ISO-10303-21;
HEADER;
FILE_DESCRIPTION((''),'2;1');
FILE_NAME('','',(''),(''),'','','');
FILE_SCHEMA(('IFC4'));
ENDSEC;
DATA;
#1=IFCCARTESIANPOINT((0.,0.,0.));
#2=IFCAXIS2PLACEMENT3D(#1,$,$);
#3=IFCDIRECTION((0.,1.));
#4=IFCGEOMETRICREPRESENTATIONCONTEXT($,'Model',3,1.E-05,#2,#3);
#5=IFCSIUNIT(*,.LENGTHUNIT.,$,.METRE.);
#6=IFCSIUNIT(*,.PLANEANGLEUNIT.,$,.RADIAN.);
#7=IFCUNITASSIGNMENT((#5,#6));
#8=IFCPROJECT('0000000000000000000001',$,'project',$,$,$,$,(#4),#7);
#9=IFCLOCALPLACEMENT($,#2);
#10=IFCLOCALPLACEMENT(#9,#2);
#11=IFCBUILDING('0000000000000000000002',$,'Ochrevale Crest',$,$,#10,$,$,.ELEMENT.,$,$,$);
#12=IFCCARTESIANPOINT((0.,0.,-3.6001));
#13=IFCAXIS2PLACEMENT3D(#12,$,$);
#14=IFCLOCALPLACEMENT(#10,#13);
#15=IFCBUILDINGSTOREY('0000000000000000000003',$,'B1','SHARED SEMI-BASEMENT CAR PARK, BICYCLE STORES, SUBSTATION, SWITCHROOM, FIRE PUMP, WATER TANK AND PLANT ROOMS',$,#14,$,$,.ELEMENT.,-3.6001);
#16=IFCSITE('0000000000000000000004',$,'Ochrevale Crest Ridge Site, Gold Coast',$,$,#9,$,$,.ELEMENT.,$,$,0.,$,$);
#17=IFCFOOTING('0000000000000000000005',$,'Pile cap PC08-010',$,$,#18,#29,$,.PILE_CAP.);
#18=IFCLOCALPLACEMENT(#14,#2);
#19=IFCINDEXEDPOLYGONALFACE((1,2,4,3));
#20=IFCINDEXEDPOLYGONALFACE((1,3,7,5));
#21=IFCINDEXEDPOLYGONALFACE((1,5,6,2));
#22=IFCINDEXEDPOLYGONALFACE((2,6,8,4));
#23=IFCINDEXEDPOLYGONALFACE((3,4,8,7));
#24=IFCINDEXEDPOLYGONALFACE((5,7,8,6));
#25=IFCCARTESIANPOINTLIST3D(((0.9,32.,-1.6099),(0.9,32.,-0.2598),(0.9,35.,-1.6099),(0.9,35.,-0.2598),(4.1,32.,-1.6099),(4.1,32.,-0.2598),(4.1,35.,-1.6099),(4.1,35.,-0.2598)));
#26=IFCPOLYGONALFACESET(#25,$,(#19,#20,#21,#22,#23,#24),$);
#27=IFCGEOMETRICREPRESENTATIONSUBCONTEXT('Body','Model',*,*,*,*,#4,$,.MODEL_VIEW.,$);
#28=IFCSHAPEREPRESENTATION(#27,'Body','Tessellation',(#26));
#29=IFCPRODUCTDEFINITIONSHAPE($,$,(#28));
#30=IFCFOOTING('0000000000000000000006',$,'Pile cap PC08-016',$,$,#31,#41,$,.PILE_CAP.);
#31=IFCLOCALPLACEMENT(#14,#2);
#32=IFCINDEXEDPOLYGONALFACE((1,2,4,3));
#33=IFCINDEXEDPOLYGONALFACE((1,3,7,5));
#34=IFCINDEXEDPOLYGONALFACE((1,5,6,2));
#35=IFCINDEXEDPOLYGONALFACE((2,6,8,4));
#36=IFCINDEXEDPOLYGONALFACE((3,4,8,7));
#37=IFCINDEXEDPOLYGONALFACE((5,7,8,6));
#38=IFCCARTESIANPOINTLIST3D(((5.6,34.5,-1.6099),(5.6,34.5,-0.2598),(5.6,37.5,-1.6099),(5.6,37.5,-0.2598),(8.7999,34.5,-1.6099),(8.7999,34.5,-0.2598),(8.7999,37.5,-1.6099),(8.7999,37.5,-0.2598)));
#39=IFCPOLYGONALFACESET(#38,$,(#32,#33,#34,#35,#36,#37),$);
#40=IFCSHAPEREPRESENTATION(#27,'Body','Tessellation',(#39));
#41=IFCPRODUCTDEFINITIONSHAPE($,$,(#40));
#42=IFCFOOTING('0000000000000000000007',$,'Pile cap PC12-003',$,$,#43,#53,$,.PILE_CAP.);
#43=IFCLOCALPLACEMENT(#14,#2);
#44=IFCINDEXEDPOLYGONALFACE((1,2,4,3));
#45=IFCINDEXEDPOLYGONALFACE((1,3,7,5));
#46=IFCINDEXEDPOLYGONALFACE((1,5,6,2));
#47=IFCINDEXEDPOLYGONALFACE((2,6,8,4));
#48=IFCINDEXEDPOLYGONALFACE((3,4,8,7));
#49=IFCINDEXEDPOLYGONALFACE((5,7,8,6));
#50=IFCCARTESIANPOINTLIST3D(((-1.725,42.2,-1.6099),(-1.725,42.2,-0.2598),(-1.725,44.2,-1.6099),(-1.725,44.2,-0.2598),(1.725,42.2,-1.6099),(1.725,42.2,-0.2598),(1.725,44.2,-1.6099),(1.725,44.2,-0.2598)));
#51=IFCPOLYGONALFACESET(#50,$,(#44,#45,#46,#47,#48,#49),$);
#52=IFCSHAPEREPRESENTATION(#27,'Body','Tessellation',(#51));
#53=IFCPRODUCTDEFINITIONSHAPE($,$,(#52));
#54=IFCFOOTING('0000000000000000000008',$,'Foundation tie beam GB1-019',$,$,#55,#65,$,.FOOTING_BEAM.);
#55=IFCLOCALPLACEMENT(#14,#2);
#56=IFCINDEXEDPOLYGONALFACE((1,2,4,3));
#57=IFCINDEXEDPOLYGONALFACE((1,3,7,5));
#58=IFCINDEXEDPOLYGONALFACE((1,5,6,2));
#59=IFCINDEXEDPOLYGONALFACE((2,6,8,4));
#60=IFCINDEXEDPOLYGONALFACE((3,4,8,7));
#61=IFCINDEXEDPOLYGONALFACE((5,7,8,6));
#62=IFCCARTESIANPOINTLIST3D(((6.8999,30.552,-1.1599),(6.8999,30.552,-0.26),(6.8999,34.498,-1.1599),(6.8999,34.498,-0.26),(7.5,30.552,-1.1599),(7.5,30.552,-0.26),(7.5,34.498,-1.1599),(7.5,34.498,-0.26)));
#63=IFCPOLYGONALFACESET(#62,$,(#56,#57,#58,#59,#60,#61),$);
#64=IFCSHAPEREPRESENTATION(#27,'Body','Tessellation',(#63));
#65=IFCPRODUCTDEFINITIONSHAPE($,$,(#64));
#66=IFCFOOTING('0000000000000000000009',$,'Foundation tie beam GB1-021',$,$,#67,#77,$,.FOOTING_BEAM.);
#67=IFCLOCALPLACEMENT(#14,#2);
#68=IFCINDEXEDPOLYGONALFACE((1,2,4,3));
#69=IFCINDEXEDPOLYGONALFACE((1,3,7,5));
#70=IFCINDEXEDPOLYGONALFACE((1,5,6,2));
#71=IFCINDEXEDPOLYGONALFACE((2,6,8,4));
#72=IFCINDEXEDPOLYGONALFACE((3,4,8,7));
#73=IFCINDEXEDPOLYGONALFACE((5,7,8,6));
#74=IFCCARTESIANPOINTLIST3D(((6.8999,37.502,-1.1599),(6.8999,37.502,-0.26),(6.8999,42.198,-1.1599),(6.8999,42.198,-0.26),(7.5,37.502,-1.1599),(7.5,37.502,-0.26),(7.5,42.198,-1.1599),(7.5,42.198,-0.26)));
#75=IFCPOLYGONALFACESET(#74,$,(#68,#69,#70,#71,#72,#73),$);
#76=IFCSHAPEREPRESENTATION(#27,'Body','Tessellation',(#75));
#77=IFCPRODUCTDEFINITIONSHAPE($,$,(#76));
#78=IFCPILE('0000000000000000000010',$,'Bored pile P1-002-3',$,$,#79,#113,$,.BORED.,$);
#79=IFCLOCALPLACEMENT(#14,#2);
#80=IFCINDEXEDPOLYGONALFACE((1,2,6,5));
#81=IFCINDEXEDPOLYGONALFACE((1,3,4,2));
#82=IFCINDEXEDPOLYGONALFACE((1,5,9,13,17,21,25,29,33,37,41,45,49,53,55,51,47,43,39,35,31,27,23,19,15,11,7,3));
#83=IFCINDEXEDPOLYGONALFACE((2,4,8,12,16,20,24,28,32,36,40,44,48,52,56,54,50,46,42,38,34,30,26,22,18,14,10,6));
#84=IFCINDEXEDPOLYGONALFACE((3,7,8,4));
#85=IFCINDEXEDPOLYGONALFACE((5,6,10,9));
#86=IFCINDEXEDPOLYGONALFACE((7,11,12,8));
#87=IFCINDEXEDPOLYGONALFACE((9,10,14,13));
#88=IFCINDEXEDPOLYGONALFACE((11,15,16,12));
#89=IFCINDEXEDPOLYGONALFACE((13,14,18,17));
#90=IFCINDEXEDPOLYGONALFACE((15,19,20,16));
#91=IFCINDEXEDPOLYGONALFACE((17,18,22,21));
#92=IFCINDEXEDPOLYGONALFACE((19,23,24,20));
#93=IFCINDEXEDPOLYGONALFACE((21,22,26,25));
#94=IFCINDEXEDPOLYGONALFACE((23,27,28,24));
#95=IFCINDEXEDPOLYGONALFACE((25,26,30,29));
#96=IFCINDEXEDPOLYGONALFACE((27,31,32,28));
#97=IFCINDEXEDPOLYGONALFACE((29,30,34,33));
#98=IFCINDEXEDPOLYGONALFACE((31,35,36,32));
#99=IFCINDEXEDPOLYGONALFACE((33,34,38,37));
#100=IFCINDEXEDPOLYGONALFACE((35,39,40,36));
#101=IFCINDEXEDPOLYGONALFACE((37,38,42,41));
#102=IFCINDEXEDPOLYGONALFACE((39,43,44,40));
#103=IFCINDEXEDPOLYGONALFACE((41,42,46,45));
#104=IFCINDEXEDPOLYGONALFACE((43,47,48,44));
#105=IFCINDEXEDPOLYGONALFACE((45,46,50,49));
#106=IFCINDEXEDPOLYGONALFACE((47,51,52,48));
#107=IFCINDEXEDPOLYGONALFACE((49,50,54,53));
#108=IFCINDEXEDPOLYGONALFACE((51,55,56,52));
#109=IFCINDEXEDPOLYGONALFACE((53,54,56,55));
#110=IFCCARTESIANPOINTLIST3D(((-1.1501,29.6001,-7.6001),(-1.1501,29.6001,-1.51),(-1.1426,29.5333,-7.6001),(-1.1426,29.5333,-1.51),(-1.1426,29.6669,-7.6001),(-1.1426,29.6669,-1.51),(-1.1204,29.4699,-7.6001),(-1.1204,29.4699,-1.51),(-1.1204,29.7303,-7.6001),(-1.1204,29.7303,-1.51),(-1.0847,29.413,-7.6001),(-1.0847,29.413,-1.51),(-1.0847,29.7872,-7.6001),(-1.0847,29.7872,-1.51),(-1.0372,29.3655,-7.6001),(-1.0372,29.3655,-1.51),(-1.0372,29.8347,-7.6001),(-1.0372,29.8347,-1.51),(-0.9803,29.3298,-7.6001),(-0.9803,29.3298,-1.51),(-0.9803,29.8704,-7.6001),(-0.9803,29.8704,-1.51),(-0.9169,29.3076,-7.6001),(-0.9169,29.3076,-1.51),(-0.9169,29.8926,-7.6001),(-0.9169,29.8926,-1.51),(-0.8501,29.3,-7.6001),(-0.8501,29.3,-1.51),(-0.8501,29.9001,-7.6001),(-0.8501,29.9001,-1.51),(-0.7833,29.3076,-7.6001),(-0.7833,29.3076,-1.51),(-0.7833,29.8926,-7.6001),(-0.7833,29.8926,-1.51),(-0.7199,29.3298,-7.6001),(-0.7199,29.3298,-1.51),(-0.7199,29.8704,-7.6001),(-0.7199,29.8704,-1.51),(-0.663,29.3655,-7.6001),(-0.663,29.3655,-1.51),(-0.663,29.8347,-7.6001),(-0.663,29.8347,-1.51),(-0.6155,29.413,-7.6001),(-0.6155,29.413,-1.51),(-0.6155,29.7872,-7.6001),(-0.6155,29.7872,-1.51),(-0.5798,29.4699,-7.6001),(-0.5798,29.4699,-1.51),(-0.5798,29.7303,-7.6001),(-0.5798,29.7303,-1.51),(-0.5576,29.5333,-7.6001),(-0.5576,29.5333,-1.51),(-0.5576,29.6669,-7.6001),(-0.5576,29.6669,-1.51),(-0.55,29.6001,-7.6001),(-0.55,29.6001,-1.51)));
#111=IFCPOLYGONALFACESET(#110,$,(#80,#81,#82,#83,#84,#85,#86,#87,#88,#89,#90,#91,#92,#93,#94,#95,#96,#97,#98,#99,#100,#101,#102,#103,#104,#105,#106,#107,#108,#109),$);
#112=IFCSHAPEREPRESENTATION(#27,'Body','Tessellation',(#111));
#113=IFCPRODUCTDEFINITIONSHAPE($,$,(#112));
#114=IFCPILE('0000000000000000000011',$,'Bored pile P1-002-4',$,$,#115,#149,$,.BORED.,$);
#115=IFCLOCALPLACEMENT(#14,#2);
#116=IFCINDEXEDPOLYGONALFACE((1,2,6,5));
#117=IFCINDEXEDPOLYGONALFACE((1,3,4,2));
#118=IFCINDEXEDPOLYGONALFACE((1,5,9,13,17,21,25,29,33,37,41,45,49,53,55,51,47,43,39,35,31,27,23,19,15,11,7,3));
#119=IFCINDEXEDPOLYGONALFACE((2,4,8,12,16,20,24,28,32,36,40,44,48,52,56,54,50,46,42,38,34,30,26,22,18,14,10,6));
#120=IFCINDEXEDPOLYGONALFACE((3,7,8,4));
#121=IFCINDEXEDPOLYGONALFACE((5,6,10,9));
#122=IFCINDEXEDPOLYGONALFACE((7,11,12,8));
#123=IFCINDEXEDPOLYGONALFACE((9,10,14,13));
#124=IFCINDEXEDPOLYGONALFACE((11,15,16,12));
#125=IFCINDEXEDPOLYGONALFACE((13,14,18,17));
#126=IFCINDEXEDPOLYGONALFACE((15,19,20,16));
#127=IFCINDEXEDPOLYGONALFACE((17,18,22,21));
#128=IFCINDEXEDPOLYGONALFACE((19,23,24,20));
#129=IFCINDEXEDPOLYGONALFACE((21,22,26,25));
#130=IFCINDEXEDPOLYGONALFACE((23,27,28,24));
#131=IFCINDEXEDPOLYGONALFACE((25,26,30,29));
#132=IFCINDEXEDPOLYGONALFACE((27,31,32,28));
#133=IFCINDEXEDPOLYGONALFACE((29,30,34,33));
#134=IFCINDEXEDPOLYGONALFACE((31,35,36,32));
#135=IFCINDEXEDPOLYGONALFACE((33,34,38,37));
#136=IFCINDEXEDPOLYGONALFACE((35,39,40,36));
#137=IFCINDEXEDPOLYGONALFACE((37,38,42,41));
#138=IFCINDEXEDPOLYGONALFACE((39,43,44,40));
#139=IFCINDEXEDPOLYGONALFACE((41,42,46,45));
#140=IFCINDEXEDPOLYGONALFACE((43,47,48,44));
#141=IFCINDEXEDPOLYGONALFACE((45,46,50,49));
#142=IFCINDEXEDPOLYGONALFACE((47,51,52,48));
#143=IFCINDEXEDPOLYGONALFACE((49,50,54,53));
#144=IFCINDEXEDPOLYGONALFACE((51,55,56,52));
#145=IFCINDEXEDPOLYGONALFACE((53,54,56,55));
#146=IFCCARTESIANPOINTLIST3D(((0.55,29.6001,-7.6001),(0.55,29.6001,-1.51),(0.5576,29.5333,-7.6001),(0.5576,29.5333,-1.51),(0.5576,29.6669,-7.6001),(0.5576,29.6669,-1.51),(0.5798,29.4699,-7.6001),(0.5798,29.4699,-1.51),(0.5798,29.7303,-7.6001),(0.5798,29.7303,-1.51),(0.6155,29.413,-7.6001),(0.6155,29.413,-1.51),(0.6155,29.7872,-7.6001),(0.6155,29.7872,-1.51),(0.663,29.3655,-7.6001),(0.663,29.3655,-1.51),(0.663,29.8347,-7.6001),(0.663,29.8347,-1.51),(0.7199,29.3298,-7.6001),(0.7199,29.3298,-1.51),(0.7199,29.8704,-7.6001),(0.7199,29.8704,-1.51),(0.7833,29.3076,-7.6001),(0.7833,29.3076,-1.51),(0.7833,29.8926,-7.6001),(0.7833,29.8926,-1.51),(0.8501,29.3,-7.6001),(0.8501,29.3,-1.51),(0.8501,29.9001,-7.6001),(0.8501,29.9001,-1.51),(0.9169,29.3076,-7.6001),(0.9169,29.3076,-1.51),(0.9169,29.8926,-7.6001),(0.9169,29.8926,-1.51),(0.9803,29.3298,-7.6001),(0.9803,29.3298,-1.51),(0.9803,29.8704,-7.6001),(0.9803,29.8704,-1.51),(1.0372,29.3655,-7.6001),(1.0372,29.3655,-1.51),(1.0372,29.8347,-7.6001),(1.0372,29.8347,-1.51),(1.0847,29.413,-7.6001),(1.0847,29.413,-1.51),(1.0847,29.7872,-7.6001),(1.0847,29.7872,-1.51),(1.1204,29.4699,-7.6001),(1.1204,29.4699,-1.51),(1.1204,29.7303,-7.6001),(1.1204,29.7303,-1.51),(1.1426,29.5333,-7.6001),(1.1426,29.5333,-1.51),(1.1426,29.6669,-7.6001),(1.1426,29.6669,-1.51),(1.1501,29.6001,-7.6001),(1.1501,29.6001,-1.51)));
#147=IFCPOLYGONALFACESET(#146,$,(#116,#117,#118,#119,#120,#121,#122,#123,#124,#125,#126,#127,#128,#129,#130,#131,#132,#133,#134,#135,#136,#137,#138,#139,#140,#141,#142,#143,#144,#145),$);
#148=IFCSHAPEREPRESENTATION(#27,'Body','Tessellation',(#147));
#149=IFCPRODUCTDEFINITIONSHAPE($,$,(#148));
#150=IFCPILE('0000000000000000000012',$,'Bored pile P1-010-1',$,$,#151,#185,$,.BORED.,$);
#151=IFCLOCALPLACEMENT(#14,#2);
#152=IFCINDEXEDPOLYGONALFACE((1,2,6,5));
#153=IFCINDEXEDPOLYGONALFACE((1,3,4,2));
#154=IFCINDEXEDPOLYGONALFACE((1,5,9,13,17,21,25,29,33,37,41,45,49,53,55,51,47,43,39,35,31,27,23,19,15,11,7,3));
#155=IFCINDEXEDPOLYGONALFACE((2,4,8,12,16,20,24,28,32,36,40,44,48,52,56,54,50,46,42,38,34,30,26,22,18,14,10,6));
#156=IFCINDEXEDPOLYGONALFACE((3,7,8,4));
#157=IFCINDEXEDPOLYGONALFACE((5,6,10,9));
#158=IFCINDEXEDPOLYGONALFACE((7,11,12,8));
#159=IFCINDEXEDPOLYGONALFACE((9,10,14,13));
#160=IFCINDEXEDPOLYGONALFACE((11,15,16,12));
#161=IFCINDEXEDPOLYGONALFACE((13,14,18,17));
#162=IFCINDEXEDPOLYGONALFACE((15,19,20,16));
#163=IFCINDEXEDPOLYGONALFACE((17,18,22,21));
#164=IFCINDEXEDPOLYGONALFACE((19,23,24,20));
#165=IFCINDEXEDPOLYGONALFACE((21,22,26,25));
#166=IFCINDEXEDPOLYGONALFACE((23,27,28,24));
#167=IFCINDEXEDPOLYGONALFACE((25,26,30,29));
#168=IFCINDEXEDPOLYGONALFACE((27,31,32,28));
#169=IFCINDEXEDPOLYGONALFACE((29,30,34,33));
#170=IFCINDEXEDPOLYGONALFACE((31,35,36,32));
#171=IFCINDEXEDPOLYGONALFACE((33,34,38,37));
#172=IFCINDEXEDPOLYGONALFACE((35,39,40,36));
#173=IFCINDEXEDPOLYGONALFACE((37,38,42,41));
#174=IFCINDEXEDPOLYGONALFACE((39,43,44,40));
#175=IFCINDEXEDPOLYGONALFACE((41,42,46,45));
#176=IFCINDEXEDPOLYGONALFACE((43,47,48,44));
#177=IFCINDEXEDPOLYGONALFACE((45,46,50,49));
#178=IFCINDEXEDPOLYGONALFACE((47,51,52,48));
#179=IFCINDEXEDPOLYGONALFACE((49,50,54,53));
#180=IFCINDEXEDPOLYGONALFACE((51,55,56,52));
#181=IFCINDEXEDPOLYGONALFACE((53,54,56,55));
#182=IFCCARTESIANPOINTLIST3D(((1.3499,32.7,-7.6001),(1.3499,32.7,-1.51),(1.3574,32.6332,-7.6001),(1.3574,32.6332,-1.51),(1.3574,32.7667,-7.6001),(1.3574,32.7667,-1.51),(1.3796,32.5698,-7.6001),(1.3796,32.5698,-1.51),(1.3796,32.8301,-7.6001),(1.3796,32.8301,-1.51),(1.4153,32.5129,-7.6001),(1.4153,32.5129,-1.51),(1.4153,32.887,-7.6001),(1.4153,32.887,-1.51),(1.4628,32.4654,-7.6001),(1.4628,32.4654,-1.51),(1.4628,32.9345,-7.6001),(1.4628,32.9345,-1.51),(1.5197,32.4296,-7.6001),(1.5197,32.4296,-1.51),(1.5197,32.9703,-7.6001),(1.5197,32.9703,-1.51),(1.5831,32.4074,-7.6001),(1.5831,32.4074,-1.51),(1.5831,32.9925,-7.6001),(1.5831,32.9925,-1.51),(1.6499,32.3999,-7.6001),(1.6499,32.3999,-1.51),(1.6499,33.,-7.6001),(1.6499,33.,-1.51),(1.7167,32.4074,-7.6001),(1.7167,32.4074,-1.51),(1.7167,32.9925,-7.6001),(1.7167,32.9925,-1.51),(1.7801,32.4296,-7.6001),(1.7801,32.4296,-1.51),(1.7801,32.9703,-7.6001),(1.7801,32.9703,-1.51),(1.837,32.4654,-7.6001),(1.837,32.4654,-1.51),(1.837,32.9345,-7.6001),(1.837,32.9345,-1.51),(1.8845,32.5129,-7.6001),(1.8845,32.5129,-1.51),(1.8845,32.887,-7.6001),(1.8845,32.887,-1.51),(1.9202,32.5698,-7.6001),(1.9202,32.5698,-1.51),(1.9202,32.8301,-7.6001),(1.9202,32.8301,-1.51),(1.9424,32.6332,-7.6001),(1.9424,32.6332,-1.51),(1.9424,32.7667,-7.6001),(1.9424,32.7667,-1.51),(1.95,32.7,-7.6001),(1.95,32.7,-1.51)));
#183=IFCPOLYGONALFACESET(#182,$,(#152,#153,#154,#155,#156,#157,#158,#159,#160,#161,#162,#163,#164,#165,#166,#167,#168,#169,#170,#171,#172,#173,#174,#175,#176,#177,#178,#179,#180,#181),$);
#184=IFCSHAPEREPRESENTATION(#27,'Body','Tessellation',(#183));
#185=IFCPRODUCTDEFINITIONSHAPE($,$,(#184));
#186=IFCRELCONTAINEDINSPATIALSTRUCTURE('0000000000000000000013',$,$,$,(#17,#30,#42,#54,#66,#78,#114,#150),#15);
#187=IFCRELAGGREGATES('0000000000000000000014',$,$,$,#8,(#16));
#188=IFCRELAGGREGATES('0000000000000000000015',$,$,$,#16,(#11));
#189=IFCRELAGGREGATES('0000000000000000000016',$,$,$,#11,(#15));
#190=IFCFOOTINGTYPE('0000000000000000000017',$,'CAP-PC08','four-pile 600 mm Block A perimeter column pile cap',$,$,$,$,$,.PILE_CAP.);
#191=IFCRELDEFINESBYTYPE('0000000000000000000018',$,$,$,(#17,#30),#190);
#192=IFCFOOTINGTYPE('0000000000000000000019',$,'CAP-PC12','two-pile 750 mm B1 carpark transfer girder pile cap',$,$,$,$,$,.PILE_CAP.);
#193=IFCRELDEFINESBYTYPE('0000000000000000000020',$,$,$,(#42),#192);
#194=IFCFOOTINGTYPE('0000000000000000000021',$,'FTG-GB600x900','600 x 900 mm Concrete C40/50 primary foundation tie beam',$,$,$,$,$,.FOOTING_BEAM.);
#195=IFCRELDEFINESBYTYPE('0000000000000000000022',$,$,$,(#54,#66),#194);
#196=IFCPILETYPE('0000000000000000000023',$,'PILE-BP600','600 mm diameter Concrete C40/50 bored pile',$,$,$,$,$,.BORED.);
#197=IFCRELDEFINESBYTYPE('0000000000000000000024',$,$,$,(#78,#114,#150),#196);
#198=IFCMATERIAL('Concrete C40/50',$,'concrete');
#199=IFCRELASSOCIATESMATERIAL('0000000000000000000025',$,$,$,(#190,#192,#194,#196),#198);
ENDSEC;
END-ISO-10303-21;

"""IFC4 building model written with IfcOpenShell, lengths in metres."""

from ifc_helpers import new_model, si_unit, direction, frame, origin, origin_2d, place, context, subcontext, project, spatial, rectangle, circle, extrude, material, material_profile, profile_set, type_object, element, save


model = new_model("IFC4")

# Units and contexts
model_context = context("Model", 3, precision=1e-05, world=origin(), true_north=direction((0.0, 1.0)))
body_context = subcontext(model_context, "Body", "Model", "MODEL_VIEW")
ifc_project = project(units=[si_unit("LENGTHUNIT", "METRE"), si_unit("PLANEANGLEUNIT", "RADIAN")], contexts=[model_context])

# Site, building, storey
site_placement = place(None, origin())
site = spatial("IfcSite", under=ifc_project, at=site_placement, Name="Ochrevale Crest Ridge Site, Gold Coast", CompositionType="ELEMENT", RefElevation=0.0)
building_placement = place(site_placement, origin())
building = spatial("IfcBuilding", under=site, at=building_placement, Name="Ochrevale Crest", CompositionType="ELEMENT")
storey_placement = place(building_placement, frame((0.0, 0.0, -3.6001)))
storey = spatial("IfcBuildingStorey", under=building, at=storey_placement, Name="B1", Description="SHARED SEMI-BASEMENT CAR PARK, BICYCLE STORES, SUBSTATION, SWITCHROOM, FIRE PUMP, WATER TANK AND PLANT ROOMS", CompositionType="ELEMENT", Elevation=-3.6001)

# Footings
ifc_material_1 = material(Name="Concrete C40/50", Category="concrete")
footing_type_1 = type_object("IfcFootingType", Name="CAP-PC08", Description="four-pile 600 mm Block A perimeter column pile cap", PredefinedType="PILE_CAP", material=ifc_material_1)
for number, where, z_axis, x_axis, name in (
    (1, (2.5, 33.5, -1.6099), (0.0, 0.0, 1.0), (1.0, 0.0, 0.0), "Pile cap PC08-010"),
    (2, (7.2, 36.0, -1.6099), (0.0, 0.0, 1.0), (1.0, 0.0, 0.0), "Pile cap PC08-016"),
):
    element("IfcFooting", number, at=place(storey_placement, frame(where, z_axis=z_axis, x_axis=x_axis)), inside=storey, type_object=footing_type_1, Name=name, PredefinedType="PILE_CAP", context=body_context, shape_type="SweptSolid", body=[
        extrude(rectangle(XDim=3.2, YDim=3.0, at=origin_2d()), origin(), (0.0, 0.0, 1.0), 1.3501),
    ])
footing_type_2 = type_object("IfcFootingType", Name="CAP-PC12", Description="two-pile 750 mm B1 carpark transfer girder pile cap", PredefinedType="PILE_CAP", material=ifc_material_1)
footing_1_placement = place(storey_placement, frame((0.0, 43.2, -1.6099), z_axis=(0.0, 0.0, 1.0), x_axis=(1.0, 0.0, 0.0)))
element("IfcFooting", 3, at=footing_1_placement, inside=storey, type_object=footing_type_2, Name="Pile cap PC12-003", PredefinedType="PILE_CAP", context=body_context, shape_type="SweptSolid", body=[
    extrude(rectangle(XDim=3.45, YDim=2.0, at=origin_2d()), origin(), (0.0, 0.0, 1.0), 1.3501),
])
ifc_material_profile_1 = material_profile(ifc_material_1, rectangle(XDim=0.6001, YDim=0.8999, at=origin_2d()), Name="GB 600x900")
ifc_profile_set_1 = profile_set([ifc_material_profile_1], Name="Concrete C40/50")
footing_type_3 = type_object("IfcFootingType", Name="FTG-GB600x900", Description="600 x 900 mm Concrete C40/50 primary foundation tie beam", PredefinedType="FOOTING_BEAM", material=ifc_profile_set_1)
footing_2_placement = place(storey_placement, frame((7.2, 30.552, -0.71), z_axis=(0.0, 1.0, 0.0), x_axis=(-1.0, 0.0, 0.0)))
element("IfcFooting", 4, at=footing_2_placement, inside=storey, type_object=footing_type_3, Name="Foundation tie beam GB1-019", PredefinedType="FOOTING_BEAM", context=body_context, shape_type="SweptSolid", body=[
    extrude(rectangle(XDim=0.6001, YDim=0.8999, at=origin_2d()), origin(), (0.0, 0.0, 1.0), 3.946),
])
footing_3_placement = place(storey_placement, frame((7.2, 37.502, -0.71), z_axis=(0.0, 1.0, 0.0), x_axis=(-1.0, 0.0, 0.0)))
element("IfcFooting", 5, at=footing_3_placement, inside=storey, type_object=footing_type_3, Name="Foundation tie beam GB1-021", PredefinedType="FOOTING_BEAM", context=body_context, shape_type="SweptSolid", body=[
    extrude(rectangle(XDim=0.6001, YDim=0.8999, at=origin_2d()), origin(), (0.0, 0.0, 1.0), 4.696),
])

# Piles
ifc_material_profile_2 = material_profile(ifc_material_1, circle(Radius=0.3, at=origin_2d()), Name="BORED PILE 600")
ifc_profile_set_2 = profile_set([ifc_material_profile_2], Name="Concrete C40/50")
pile_type_1 = type_object("IfcPileType", Name="PILE-BP600", Description="600 mm diameter Concrete C40/50 bored pile", PredefinedType="BORED", material=ifc_profile_set_2)
for number, where, z_axis, x_axis, name in (
    (6, (-0.8501, 29.6001, -1.51), (0.0, 0.0, -1.0), (1.0, 0.0, 0.0), "Bored pile P1-002-3"),
    (7, (0.8501, 29.6001, -1.51), (0.0, 0.0, -1.0), (1.0, 0.0, 0.0), "Bored pile P1-002-4"),
    (8, (1.6499, 32.7, -1.51), (0.0, 0.0, -1.0), (1.0, 0.0, 0.0), "Bored pile P1-010-1"),
):
    element("IfcPile", number, at=place(storey_placement, frame(where, z_axis=z_axis, x_axis=x_axis)), inside=storey, type_object=pile_type_1, Name=name, PredefinedType="BORED", context=body_context, shape_type="SweptSolid", body=[
        extrude(circle(Radius=0.3, at=origin_2d()), origin(), (0.0, 0.0, 1.0), 6.0901),
    ])

save(model, "model.ifc")
